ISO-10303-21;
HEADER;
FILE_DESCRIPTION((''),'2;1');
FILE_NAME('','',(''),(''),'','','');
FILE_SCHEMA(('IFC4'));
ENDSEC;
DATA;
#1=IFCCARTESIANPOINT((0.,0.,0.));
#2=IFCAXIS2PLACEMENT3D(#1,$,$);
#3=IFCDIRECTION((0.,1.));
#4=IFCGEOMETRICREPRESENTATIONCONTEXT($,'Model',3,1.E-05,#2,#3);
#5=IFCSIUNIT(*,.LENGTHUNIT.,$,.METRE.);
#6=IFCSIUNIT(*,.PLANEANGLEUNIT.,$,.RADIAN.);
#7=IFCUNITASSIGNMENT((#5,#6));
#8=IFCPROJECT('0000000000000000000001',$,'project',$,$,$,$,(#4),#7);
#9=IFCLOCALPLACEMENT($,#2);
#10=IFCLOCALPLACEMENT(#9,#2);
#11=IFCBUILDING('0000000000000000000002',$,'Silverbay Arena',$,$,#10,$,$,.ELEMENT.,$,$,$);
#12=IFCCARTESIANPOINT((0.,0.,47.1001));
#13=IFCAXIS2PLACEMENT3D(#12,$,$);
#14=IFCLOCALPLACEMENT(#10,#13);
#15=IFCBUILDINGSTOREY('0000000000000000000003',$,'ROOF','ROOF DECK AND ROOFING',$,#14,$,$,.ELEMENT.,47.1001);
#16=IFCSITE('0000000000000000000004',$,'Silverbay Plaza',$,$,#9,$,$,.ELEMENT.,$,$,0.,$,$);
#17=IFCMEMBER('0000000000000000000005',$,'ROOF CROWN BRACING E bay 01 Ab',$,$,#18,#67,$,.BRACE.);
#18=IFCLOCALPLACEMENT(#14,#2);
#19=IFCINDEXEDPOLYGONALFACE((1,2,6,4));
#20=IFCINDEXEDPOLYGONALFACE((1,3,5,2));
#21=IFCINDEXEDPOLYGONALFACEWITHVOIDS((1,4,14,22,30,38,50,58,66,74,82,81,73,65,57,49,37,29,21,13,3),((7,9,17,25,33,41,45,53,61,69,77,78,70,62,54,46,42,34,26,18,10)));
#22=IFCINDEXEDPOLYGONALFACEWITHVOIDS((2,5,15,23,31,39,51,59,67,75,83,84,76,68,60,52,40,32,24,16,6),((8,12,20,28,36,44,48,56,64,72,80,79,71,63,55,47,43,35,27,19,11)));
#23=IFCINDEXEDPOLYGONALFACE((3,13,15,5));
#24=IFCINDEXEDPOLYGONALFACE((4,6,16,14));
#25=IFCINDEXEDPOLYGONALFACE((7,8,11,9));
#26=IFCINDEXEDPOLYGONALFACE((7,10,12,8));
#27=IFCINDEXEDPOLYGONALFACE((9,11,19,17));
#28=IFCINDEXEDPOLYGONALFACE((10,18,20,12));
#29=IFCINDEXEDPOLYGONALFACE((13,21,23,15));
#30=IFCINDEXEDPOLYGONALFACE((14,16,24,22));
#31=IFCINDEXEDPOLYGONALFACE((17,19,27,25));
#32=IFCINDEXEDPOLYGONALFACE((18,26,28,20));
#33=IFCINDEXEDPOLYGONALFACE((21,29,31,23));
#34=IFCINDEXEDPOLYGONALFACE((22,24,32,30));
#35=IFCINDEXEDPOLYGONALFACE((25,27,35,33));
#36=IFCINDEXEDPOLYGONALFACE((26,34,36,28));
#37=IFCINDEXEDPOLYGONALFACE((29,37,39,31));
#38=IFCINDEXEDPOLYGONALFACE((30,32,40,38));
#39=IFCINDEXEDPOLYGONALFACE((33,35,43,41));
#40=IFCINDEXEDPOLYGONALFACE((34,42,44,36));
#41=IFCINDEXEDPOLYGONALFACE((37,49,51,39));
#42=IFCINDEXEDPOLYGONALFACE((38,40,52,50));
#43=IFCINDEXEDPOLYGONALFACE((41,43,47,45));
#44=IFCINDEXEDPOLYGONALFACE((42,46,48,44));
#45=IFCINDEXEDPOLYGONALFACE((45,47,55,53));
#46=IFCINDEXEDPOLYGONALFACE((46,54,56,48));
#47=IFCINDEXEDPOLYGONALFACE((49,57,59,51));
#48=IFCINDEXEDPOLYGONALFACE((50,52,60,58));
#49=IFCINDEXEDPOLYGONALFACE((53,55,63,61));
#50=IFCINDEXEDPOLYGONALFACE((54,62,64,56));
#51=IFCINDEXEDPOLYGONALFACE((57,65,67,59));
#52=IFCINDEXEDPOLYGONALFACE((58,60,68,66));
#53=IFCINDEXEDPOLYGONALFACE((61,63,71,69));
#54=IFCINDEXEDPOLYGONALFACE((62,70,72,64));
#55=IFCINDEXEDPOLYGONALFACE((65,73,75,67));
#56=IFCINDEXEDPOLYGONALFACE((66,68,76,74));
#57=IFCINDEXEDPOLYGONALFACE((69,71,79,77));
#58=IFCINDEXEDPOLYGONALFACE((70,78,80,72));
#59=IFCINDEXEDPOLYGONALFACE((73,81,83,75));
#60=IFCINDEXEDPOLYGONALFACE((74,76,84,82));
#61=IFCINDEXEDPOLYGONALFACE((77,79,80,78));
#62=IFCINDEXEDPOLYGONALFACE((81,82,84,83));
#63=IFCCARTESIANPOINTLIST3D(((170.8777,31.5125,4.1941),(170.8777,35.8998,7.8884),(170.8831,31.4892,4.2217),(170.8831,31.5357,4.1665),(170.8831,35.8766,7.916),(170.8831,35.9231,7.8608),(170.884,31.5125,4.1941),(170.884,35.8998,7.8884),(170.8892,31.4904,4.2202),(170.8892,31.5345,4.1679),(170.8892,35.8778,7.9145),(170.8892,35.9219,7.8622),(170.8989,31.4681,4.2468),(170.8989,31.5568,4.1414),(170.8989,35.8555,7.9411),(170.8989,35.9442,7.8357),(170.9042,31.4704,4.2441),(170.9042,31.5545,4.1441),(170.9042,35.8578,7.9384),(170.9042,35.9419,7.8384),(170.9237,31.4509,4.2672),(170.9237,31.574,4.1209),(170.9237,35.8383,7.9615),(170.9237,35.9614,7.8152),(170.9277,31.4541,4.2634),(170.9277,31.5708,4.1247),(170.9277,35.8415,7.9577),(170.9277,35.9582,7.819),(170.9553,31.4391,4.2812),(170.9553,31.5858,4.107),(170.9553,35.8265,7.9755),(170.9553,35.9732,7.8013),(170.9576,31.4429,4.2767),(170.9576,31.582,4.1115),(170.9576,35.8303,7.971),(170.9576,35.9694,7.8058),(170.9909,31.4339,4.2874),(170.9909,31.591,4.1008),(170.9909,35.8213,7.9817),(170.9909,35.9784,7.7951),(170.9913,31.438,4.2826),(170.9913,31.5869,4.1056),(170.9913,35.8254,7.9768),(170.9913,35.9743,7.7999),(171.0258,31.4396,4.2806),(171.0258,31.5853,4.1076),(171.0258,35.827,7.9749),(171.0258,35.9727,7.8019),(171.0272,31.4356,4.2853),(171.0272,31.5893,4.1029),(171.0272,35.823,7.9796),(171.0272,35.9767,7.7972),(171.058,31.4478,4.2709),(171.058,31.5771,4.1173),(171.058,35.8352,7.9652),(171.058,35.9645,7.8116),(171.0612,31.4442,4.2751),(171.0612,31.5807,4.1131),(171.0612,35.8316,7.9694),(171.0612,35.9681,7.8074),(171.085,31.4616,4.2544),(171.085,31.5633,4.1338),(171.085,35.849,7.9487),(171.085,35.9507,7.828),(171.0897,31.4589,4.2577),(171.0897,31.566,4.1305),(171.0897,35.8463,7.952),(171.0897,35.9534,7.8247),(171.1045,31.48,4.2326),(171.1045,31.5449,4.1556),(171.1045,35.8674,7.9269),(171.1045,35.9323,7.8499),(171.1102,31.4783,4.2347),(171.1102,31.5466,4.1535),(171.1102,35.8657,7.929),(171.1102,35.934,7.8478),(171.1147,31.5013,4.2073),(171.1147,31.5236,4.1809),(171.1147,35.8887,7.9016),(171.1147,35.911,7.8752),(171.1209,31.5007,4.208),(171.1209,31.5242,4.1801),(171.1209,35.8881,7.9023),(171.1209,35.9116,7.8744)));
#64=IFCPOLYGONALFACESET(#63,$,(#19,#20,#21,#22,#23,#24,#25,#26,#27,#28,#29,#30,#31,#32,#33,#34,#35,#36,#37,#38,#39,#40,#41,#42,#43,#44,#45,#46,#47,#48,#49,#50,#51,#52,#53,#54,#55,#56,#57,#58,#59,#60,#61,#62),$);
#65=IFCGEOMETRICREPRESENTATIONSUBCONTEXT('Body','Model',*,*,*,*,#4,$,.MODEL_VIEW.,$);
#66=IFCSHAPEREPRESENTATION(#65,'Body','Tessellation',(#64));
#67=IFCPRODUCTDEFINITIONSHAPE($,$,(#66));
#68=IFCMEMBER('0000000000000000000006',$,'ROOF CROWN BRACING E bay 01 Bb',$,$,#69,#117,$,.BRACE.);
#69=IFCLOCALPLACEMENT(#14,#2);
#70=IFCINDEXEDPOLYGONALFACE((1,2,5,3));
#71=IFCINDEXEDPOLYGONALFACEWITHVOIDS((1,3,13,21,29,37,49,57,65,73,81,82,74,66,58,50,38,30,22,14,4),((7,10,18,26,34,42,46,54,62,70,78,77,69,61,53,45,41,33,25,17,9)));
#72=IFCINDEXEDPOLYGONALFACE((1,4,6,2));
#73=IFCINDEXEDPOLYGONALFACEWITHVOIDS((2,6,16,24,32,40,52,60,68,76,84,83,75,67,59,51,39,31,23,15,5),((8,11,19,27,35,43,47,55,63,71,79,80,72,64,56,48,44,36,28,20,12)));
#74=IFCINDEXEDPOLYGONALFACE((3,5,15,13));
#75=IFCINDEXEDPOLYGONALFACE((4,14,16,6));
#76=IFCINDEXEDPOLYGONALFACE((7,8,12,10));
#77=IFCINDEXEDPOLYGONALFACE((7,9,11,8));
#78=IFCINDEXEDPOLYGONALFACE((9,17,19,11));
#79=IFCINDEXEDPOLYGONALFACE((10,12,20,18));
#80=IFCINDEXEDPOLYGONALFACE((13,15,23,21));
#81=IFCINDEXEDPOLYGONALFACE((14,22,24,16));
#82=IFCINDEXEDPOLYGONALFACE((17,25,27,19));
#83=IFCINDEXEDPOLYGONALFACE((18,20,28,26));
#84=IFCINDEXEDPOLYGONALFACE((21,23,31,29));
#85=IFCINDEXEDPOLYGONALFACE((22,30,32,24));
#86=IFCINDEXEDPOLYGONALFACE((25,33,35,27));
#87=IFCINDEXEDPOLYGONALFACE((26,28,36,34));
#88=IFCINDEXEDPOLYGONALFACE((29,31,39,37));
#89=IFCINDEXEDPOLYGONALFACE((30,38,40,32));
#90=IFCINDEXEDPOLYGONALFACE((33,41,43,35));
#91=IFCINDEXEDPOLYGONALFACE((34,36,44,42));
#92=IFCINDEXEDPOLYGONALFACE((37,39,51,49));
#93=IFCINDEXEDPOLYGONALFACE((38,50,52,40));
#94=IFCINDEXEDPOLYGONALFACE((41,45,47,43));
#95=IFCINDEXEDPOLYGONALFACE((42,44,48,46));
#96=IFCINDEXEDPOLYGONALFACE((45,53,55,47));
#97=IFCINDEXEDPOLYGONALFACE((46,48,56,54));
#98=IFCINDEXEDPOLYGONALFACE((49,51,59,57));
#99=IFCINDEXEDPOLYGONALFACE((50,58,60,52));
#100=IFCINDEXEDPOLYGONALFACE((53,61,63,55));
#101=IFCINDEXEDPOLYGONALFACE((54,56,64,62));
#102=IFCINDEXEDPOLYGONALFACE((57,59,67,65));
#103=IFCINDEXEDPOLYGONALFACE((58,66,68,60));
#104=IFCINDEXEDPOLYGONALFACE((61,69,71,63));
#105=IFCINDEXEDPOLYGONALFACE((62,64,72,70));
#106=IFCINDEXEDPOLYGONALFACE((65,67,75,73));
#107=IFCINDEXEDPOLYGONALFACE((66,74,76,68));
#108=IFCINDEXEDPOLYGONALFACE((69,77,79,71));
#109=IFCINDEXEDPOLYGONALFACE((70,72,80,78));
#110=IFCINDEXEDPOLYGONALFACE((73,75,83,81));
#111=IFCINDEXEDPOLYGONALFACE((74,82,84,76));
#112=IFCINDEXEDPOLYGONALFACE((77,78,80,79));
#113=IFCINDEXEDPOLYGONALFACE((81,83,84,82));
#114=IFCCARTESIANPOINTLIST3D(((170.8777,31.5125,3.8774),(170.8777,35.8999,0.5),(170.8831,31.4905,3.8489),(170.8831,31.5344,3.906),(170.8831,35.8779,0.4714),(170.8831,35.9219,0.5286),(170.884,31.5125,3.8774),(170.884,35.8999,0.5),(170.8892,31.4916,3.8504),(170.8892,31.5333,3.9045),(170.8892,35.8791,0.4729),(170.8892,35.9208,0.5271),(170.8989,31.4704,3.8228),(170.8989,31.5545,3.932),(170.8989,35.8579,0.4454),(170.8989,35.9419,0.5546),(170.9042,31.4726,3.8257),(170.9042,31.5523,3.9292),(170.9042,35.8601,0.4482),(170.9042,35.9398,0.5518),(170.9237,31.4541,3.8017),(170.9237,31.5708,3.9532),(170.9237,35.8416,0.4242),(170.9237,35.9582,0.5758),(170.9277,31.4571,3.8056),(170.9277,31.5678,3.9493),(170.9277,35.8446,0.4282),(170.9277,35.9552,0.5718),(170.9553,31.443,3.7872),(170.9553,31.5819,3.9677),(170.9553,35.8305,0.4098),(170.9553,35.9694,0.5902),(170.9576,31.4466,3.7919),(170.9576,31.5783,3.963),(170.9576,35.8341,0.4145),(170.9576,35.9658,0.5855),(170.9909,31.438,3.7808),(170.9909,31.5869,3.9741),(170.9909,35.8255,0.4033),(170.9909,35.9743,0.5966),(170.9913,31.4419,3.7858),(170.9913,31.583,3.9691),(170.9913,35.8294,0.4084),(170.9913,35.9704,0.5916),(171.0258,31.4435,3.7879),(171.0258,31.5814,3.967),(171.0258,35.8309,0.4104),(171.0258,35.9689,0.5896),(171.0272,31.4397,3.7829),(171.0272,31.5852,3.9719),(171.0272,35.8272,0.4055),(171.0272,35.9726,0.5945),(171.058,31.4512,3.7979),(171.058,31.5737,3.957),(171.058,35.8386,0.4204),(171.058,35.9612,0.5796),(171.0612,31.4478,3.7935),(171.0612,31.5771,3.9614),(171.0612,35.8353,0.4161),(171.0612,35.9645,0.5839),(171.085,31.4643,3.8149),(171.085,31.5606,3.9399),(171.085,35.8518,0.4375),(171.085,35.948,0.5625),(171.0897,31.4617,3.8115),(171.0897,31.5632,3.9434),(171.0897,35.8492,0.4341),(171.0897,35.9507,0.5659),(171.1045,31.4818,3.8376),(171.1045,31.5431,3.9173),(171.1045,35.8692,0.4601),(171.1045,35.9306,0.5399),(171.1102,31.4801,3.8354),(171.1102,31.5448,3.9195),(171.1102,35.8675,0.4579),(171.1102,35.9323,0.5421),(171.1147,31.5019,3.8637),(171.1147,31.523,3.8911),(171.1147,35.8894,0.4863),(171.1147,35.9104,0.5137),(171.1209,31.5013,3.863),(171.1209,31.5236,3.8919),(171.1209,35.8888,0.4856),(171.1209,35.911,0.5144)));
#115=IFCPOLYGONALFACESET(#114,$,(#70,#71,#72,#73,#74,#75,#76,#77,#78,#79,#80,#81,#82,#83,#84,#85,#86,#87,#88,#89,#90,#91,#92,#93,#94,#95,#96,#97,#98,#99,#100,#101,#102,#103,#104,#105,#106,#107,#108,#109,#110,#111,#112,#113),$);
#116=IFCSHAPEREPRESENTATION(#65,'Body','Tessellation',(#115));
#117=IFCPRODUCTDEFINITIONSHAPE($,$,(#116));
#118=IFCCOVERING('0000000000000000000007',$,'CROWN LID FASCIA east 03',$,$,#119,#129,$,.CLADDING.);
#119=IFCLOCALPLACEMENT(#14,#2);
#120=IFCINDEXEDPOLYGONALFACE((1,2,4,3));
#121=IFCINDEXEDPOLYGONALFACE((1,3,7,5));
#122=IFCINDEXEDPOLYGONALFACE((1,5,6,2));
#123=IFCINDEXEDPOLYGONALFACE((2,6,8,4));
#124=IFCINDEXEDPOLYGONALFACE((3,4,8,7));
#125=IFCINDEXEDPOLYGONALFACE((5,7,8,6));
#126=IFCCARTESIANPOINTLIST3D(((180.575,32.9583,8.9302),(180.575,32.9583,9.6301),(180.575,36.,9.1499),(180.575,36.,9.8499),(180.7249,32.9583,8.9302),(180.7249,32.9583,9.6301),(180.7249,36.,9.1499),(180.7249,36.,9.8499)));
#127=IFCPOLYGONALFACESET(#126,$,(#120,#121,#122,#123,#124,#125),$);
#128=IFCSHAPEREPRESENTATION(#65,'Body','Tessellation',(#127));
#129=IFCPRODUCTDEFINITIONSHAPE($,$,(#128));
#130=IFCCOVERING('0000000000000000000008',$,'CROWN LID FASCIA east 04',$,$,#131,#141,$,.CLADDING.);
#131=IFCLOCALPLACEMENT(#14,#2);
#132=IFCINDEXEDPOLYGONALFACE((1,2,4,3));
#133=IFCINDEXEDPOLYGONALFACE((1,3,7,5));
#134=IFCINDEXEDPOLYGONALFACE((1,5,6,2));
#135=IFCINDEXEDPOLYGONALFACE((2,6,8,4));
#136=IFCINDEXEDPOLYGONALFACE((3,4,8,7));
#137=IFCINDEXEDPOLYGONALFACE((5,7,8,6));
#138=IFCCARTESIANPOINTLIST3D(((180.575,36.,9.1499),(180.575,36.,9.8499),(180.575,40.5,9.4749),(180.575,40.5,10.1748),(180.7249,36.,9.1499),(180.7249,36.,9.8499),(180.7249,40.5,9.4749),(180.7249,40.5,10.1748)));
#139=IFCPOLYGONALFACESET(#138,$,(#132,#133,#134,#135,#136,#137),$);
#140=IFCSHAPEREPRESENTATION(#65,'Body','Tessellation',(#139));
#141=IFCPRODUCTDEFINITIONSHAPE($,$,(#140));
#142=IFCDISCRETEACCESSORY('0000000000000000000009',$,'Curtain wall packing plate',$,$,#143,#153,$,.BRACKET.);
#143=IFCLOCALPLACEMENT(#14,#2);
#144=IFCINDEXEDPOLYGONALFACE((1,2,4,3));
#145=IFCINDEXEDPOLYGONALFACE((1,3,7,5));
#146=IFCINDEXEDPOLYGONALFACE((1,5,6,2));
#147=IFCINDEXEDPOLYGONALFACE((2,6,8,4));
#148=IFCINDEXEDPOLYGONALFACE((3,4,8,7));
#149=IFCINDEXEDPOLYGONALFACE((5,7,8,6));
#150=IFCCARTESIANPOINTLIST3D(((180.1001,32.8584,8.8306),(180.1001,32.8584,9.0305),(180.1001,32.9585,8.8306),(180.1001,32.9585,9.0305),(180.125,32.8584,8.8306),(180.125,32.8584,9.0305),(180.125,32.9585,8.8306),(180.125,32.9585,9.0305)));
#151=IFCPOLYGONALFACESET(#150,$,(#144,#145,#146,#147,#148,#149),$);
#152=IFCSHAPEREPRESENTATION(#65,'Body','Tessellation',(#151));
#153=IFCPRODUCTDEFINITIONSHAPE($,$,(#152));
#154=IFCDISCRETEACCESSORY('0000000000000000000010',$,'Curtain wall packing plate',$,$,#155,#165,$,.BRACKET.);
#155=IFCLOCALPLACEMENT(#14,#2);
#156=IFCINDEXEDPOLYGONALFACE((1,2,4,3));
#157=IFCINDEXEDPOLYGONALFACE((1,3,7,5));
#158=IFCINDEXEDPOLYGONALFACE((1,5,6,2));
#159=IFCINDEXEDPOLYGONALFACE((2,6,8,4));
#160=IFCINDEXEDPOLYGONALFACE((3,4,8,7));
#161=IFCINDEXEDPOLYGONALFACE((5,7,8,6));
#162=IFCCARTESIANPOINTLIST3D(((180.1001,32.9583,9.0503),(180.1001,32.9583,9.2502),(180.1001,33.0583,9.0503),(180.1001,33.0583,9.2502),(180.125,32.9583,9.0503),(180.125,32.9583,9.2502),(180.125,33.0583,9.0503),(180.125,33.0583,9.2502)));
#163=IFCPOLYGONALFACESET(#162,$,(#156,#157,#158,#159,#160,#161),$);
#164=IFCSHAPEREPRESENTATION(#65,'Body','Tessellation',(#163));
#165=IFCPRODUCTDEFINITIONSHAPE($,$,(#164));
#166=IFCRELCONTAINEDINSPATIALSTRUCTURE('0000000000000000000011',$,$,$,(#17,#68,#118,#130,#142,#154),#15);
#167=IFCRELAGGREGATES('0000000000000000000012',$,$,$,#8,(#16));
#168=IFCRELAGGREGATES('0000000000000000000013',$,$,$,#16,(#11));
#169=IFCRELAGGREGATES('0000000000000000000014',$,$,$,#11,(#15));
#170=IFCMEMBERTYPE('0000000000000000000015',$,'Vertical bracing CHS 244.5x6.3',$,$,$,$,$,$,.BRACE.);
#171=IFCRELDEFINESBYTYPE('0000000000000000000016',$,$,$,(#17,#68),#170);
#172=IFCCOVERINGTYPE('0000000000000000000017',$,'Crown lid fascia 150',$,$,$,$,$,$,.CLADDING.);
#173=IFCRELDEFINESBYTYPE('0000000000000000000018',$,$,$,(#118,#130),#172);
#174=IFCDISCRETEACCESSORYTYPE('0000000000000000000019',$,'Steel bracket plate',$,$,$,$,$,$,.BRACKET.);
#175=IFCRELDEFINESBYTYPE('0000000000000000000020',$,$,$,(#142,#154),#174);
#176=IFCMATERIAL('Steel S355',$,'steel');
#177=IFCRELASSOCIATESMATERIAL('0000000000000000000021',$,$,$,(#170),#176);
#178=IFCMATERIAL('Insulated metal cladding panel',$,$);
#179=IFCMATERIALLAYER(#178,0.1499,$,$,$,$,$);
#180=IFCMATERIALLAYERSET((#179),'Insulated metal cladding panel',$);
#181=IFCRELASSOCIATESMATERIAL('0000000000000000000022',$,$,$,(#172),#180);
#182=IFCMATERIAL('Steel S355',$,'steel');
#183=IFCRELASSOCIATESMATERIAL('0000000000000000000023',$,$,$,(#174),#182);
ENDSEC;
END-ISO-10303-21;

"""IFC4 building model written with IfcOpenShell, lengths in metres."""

from ifc_helpers import new_model, si_unit, direction, frame, origin, origin_2d, place, context, subcontext, project, spatial, polyline, rectangle, hollow_circle, outline, extrude, material, layer, layer_set, material_profile, profile_set, type_object, element, save


model = new_model("IFC4")

# Units and contexts
model_context = context("Model", 3, precision=1e-05, world=origin(), true_north=direction((0.0, 1.0)))
body_context = subcontext(model_context, "Body", "Model", "MODEL_VIEW")
ifc_project = project(units=[si_unit("LENGTHUNIT", "METRE"), si_unit("PLANEANGLEUNIT", "RADIAN")], contexts=[model_context])

# Site, building, storey
site_placement = place(None, origin())
site = spatial("IfcSite", under=ifc_project, at=site_placement, Name="Silverbay Plaza", CompositionType="ELEMENT", RefElevation=0.0)
building_placement = place(site_placement, origin())
building = spatial("IfcBuilding", under=site, at=building_placement, Name="Silverbay Arena", CompositionType="ELEMENT")
storey_placement = place(building_placement, frame((0.0, 0.0, 47.1001)))
storey = spatial("IfcBuildingStorey", under=building, at=storey_placement, Name="ROOF", Description="ROOF DECK AND ROOFING", CompositionType="ELEMENT", Elevation=47.1001)

# Members
ifc_material_1 = material(Name="Steel S355", Category="steel")
ifc_material_profile_1 = material_profile(ifc_material_1, hollow_circle(Radius=0.1223, WallThickness=0.0063, at=origin_2d()), Name="CHS 244.5x6.3")
ifc_profile_set_1 = profile_set([ifc_material_profile_1], Name="Steel S355")
member_type_1 = type_object("IfcMemberType", Name="Vertical bracing CHS 244.5x6.3", PredefinedType="BRACE", material=ifc_profile_set_1)
member_1_placement = place(storey_placement, frame((171.0, 31.5125, 4.1941), z_axis=(0.0, 0.764942, 0.644099), x_axis=(-1.0, 0.0, 0.0)))
element("IfcMember", 1, at=member_1_placement, inside=storey, type_object=member_type_1, Name="ROOF CROWN BRACING E bay 01 Ab", PredefinedType="BRACE", context=body_context, shape_type="SweptSolid", body=[
    extrude(hollow_circle(Radius=0.1223, WallThickness=0.0063, at=origin_2d()), origin(), (0.0, 0.0, 1.0), 5.7356),
])
member_2_placement = place(storey_placement, frame((171.0, 31.5125, 3.8774), z_axis=(0.0, 0.792408, -0.609992), x_axis=(-1.0, 0.0, 0.0)))
element("IfcMember", 2, at=member_2_placement, inside=storey, type_object=member_type_1, Name="ROOF CROWN BRACING E bay 01 Bb", PredefinedType="BRACE", context=body_context, shape_type="SweptSolid", body=[
    extrude(hollow_circle(Radius=0.1223, WallThickness=0.0063, at=origin_2d()), origin(), (0.0, 0.0, 1.0), 5.5369),
])

# Coverings
ifc_material_2 = material(Name="Insulated metal cladding panel")
ifc_layer_1 = layer(ifc_material_2, 0.1499)
ifc_layer_set_1 = layer_set([ifc_layer_1], Name="Insulated metal cladding panel")
covering_type = type_object("IfcCoveringType", Name="Crown lid fascia 150", PredefinedType="CLADDING", material=ifc_layer_set_1)
covering_1_placement = place(storey_placement, frame((180.575, 32.9583, 9.6301), z_axis=(-1.0, 0.0, 0.0), x_axis=(0.0, 0.997401, 0.072049)))
element("IfcCovering", 3, at=covering_1_placement, inside=storey, type_object=covering_type, Name="CROWN LID FASCIA east 03", PredefinedType="CLADDING", context=body_context, shape_type="SweptSolid", body=[
    extrude(outline(polyline([(0.0, 0.0), (3.0497, 0.0), (2.9992, 0.6981), (-0.0504, 0.6981), (0.0, 0.0)])), origin(), (0.0, 0.0, -1.0), 0.1499),
])
covering_2_placement = place(storey_placement, frame((180.575, 36.0, 9.8499), z_axis=(-1.0, 0.0, 0.0), x_axis=(0.0, 0.997403, 0.072024)))
element("IfcCovering", 4, at=covering_2_placement, inside=storey, type_object=covering_type, Name="CROWN LID FASCIA east 04", PredefinedType="CLADDING", context=body_context, shape_type="SweptSolid", body=[
    extrude(outline(polyline([(0.0, 0.0), (4.5117, 0.0), (4.4613, 0.6981), (-0.0504, 0.6981), (0.0, 0.0)])), origin(), (0.0, 0.0, -1.0), 0.1499),
])

# Discrete accessories
ifc_material_3 = material(Name="Steel S355", Category="steel")
discrete_accessory_type = type_object("IfcDiscreteAccessoryType", Name="Steel bracket plate", PredefinedType="BRACKET", material=ifc_material_3)
for number, where, z_axis, x_axis, name in (
    (5, (180.1125, 32.9084, 8.8306), (0.0, 0.0, 1.0), (1.0, 0.0, 0.0), "Curtain wall packing plate"),
    (6, (180.1125, 33.0083, 9.0503), (0.0, 0.0, 1.0), (1.0, 0.0, 0.0), "Curtain wall packing plate"),
):
    element("IfcDiscreteAccessory", number, at=place(storey_placement, frame(where, z_axis=z_axis, x_axis=x_axis)), inside=storey, type_object=discrete_accessory_type, Name=name, PredefinedType="BRACKET", context=body_context, shape_type="SweptSolid", body=[
        extrude(rectangle(XDim=0.0249, YDim=0.1001, at=origin_2d()), origin(), (0.0, 0.0, 1.0), 0.2),
    ])

save(model, "model.ifc")
